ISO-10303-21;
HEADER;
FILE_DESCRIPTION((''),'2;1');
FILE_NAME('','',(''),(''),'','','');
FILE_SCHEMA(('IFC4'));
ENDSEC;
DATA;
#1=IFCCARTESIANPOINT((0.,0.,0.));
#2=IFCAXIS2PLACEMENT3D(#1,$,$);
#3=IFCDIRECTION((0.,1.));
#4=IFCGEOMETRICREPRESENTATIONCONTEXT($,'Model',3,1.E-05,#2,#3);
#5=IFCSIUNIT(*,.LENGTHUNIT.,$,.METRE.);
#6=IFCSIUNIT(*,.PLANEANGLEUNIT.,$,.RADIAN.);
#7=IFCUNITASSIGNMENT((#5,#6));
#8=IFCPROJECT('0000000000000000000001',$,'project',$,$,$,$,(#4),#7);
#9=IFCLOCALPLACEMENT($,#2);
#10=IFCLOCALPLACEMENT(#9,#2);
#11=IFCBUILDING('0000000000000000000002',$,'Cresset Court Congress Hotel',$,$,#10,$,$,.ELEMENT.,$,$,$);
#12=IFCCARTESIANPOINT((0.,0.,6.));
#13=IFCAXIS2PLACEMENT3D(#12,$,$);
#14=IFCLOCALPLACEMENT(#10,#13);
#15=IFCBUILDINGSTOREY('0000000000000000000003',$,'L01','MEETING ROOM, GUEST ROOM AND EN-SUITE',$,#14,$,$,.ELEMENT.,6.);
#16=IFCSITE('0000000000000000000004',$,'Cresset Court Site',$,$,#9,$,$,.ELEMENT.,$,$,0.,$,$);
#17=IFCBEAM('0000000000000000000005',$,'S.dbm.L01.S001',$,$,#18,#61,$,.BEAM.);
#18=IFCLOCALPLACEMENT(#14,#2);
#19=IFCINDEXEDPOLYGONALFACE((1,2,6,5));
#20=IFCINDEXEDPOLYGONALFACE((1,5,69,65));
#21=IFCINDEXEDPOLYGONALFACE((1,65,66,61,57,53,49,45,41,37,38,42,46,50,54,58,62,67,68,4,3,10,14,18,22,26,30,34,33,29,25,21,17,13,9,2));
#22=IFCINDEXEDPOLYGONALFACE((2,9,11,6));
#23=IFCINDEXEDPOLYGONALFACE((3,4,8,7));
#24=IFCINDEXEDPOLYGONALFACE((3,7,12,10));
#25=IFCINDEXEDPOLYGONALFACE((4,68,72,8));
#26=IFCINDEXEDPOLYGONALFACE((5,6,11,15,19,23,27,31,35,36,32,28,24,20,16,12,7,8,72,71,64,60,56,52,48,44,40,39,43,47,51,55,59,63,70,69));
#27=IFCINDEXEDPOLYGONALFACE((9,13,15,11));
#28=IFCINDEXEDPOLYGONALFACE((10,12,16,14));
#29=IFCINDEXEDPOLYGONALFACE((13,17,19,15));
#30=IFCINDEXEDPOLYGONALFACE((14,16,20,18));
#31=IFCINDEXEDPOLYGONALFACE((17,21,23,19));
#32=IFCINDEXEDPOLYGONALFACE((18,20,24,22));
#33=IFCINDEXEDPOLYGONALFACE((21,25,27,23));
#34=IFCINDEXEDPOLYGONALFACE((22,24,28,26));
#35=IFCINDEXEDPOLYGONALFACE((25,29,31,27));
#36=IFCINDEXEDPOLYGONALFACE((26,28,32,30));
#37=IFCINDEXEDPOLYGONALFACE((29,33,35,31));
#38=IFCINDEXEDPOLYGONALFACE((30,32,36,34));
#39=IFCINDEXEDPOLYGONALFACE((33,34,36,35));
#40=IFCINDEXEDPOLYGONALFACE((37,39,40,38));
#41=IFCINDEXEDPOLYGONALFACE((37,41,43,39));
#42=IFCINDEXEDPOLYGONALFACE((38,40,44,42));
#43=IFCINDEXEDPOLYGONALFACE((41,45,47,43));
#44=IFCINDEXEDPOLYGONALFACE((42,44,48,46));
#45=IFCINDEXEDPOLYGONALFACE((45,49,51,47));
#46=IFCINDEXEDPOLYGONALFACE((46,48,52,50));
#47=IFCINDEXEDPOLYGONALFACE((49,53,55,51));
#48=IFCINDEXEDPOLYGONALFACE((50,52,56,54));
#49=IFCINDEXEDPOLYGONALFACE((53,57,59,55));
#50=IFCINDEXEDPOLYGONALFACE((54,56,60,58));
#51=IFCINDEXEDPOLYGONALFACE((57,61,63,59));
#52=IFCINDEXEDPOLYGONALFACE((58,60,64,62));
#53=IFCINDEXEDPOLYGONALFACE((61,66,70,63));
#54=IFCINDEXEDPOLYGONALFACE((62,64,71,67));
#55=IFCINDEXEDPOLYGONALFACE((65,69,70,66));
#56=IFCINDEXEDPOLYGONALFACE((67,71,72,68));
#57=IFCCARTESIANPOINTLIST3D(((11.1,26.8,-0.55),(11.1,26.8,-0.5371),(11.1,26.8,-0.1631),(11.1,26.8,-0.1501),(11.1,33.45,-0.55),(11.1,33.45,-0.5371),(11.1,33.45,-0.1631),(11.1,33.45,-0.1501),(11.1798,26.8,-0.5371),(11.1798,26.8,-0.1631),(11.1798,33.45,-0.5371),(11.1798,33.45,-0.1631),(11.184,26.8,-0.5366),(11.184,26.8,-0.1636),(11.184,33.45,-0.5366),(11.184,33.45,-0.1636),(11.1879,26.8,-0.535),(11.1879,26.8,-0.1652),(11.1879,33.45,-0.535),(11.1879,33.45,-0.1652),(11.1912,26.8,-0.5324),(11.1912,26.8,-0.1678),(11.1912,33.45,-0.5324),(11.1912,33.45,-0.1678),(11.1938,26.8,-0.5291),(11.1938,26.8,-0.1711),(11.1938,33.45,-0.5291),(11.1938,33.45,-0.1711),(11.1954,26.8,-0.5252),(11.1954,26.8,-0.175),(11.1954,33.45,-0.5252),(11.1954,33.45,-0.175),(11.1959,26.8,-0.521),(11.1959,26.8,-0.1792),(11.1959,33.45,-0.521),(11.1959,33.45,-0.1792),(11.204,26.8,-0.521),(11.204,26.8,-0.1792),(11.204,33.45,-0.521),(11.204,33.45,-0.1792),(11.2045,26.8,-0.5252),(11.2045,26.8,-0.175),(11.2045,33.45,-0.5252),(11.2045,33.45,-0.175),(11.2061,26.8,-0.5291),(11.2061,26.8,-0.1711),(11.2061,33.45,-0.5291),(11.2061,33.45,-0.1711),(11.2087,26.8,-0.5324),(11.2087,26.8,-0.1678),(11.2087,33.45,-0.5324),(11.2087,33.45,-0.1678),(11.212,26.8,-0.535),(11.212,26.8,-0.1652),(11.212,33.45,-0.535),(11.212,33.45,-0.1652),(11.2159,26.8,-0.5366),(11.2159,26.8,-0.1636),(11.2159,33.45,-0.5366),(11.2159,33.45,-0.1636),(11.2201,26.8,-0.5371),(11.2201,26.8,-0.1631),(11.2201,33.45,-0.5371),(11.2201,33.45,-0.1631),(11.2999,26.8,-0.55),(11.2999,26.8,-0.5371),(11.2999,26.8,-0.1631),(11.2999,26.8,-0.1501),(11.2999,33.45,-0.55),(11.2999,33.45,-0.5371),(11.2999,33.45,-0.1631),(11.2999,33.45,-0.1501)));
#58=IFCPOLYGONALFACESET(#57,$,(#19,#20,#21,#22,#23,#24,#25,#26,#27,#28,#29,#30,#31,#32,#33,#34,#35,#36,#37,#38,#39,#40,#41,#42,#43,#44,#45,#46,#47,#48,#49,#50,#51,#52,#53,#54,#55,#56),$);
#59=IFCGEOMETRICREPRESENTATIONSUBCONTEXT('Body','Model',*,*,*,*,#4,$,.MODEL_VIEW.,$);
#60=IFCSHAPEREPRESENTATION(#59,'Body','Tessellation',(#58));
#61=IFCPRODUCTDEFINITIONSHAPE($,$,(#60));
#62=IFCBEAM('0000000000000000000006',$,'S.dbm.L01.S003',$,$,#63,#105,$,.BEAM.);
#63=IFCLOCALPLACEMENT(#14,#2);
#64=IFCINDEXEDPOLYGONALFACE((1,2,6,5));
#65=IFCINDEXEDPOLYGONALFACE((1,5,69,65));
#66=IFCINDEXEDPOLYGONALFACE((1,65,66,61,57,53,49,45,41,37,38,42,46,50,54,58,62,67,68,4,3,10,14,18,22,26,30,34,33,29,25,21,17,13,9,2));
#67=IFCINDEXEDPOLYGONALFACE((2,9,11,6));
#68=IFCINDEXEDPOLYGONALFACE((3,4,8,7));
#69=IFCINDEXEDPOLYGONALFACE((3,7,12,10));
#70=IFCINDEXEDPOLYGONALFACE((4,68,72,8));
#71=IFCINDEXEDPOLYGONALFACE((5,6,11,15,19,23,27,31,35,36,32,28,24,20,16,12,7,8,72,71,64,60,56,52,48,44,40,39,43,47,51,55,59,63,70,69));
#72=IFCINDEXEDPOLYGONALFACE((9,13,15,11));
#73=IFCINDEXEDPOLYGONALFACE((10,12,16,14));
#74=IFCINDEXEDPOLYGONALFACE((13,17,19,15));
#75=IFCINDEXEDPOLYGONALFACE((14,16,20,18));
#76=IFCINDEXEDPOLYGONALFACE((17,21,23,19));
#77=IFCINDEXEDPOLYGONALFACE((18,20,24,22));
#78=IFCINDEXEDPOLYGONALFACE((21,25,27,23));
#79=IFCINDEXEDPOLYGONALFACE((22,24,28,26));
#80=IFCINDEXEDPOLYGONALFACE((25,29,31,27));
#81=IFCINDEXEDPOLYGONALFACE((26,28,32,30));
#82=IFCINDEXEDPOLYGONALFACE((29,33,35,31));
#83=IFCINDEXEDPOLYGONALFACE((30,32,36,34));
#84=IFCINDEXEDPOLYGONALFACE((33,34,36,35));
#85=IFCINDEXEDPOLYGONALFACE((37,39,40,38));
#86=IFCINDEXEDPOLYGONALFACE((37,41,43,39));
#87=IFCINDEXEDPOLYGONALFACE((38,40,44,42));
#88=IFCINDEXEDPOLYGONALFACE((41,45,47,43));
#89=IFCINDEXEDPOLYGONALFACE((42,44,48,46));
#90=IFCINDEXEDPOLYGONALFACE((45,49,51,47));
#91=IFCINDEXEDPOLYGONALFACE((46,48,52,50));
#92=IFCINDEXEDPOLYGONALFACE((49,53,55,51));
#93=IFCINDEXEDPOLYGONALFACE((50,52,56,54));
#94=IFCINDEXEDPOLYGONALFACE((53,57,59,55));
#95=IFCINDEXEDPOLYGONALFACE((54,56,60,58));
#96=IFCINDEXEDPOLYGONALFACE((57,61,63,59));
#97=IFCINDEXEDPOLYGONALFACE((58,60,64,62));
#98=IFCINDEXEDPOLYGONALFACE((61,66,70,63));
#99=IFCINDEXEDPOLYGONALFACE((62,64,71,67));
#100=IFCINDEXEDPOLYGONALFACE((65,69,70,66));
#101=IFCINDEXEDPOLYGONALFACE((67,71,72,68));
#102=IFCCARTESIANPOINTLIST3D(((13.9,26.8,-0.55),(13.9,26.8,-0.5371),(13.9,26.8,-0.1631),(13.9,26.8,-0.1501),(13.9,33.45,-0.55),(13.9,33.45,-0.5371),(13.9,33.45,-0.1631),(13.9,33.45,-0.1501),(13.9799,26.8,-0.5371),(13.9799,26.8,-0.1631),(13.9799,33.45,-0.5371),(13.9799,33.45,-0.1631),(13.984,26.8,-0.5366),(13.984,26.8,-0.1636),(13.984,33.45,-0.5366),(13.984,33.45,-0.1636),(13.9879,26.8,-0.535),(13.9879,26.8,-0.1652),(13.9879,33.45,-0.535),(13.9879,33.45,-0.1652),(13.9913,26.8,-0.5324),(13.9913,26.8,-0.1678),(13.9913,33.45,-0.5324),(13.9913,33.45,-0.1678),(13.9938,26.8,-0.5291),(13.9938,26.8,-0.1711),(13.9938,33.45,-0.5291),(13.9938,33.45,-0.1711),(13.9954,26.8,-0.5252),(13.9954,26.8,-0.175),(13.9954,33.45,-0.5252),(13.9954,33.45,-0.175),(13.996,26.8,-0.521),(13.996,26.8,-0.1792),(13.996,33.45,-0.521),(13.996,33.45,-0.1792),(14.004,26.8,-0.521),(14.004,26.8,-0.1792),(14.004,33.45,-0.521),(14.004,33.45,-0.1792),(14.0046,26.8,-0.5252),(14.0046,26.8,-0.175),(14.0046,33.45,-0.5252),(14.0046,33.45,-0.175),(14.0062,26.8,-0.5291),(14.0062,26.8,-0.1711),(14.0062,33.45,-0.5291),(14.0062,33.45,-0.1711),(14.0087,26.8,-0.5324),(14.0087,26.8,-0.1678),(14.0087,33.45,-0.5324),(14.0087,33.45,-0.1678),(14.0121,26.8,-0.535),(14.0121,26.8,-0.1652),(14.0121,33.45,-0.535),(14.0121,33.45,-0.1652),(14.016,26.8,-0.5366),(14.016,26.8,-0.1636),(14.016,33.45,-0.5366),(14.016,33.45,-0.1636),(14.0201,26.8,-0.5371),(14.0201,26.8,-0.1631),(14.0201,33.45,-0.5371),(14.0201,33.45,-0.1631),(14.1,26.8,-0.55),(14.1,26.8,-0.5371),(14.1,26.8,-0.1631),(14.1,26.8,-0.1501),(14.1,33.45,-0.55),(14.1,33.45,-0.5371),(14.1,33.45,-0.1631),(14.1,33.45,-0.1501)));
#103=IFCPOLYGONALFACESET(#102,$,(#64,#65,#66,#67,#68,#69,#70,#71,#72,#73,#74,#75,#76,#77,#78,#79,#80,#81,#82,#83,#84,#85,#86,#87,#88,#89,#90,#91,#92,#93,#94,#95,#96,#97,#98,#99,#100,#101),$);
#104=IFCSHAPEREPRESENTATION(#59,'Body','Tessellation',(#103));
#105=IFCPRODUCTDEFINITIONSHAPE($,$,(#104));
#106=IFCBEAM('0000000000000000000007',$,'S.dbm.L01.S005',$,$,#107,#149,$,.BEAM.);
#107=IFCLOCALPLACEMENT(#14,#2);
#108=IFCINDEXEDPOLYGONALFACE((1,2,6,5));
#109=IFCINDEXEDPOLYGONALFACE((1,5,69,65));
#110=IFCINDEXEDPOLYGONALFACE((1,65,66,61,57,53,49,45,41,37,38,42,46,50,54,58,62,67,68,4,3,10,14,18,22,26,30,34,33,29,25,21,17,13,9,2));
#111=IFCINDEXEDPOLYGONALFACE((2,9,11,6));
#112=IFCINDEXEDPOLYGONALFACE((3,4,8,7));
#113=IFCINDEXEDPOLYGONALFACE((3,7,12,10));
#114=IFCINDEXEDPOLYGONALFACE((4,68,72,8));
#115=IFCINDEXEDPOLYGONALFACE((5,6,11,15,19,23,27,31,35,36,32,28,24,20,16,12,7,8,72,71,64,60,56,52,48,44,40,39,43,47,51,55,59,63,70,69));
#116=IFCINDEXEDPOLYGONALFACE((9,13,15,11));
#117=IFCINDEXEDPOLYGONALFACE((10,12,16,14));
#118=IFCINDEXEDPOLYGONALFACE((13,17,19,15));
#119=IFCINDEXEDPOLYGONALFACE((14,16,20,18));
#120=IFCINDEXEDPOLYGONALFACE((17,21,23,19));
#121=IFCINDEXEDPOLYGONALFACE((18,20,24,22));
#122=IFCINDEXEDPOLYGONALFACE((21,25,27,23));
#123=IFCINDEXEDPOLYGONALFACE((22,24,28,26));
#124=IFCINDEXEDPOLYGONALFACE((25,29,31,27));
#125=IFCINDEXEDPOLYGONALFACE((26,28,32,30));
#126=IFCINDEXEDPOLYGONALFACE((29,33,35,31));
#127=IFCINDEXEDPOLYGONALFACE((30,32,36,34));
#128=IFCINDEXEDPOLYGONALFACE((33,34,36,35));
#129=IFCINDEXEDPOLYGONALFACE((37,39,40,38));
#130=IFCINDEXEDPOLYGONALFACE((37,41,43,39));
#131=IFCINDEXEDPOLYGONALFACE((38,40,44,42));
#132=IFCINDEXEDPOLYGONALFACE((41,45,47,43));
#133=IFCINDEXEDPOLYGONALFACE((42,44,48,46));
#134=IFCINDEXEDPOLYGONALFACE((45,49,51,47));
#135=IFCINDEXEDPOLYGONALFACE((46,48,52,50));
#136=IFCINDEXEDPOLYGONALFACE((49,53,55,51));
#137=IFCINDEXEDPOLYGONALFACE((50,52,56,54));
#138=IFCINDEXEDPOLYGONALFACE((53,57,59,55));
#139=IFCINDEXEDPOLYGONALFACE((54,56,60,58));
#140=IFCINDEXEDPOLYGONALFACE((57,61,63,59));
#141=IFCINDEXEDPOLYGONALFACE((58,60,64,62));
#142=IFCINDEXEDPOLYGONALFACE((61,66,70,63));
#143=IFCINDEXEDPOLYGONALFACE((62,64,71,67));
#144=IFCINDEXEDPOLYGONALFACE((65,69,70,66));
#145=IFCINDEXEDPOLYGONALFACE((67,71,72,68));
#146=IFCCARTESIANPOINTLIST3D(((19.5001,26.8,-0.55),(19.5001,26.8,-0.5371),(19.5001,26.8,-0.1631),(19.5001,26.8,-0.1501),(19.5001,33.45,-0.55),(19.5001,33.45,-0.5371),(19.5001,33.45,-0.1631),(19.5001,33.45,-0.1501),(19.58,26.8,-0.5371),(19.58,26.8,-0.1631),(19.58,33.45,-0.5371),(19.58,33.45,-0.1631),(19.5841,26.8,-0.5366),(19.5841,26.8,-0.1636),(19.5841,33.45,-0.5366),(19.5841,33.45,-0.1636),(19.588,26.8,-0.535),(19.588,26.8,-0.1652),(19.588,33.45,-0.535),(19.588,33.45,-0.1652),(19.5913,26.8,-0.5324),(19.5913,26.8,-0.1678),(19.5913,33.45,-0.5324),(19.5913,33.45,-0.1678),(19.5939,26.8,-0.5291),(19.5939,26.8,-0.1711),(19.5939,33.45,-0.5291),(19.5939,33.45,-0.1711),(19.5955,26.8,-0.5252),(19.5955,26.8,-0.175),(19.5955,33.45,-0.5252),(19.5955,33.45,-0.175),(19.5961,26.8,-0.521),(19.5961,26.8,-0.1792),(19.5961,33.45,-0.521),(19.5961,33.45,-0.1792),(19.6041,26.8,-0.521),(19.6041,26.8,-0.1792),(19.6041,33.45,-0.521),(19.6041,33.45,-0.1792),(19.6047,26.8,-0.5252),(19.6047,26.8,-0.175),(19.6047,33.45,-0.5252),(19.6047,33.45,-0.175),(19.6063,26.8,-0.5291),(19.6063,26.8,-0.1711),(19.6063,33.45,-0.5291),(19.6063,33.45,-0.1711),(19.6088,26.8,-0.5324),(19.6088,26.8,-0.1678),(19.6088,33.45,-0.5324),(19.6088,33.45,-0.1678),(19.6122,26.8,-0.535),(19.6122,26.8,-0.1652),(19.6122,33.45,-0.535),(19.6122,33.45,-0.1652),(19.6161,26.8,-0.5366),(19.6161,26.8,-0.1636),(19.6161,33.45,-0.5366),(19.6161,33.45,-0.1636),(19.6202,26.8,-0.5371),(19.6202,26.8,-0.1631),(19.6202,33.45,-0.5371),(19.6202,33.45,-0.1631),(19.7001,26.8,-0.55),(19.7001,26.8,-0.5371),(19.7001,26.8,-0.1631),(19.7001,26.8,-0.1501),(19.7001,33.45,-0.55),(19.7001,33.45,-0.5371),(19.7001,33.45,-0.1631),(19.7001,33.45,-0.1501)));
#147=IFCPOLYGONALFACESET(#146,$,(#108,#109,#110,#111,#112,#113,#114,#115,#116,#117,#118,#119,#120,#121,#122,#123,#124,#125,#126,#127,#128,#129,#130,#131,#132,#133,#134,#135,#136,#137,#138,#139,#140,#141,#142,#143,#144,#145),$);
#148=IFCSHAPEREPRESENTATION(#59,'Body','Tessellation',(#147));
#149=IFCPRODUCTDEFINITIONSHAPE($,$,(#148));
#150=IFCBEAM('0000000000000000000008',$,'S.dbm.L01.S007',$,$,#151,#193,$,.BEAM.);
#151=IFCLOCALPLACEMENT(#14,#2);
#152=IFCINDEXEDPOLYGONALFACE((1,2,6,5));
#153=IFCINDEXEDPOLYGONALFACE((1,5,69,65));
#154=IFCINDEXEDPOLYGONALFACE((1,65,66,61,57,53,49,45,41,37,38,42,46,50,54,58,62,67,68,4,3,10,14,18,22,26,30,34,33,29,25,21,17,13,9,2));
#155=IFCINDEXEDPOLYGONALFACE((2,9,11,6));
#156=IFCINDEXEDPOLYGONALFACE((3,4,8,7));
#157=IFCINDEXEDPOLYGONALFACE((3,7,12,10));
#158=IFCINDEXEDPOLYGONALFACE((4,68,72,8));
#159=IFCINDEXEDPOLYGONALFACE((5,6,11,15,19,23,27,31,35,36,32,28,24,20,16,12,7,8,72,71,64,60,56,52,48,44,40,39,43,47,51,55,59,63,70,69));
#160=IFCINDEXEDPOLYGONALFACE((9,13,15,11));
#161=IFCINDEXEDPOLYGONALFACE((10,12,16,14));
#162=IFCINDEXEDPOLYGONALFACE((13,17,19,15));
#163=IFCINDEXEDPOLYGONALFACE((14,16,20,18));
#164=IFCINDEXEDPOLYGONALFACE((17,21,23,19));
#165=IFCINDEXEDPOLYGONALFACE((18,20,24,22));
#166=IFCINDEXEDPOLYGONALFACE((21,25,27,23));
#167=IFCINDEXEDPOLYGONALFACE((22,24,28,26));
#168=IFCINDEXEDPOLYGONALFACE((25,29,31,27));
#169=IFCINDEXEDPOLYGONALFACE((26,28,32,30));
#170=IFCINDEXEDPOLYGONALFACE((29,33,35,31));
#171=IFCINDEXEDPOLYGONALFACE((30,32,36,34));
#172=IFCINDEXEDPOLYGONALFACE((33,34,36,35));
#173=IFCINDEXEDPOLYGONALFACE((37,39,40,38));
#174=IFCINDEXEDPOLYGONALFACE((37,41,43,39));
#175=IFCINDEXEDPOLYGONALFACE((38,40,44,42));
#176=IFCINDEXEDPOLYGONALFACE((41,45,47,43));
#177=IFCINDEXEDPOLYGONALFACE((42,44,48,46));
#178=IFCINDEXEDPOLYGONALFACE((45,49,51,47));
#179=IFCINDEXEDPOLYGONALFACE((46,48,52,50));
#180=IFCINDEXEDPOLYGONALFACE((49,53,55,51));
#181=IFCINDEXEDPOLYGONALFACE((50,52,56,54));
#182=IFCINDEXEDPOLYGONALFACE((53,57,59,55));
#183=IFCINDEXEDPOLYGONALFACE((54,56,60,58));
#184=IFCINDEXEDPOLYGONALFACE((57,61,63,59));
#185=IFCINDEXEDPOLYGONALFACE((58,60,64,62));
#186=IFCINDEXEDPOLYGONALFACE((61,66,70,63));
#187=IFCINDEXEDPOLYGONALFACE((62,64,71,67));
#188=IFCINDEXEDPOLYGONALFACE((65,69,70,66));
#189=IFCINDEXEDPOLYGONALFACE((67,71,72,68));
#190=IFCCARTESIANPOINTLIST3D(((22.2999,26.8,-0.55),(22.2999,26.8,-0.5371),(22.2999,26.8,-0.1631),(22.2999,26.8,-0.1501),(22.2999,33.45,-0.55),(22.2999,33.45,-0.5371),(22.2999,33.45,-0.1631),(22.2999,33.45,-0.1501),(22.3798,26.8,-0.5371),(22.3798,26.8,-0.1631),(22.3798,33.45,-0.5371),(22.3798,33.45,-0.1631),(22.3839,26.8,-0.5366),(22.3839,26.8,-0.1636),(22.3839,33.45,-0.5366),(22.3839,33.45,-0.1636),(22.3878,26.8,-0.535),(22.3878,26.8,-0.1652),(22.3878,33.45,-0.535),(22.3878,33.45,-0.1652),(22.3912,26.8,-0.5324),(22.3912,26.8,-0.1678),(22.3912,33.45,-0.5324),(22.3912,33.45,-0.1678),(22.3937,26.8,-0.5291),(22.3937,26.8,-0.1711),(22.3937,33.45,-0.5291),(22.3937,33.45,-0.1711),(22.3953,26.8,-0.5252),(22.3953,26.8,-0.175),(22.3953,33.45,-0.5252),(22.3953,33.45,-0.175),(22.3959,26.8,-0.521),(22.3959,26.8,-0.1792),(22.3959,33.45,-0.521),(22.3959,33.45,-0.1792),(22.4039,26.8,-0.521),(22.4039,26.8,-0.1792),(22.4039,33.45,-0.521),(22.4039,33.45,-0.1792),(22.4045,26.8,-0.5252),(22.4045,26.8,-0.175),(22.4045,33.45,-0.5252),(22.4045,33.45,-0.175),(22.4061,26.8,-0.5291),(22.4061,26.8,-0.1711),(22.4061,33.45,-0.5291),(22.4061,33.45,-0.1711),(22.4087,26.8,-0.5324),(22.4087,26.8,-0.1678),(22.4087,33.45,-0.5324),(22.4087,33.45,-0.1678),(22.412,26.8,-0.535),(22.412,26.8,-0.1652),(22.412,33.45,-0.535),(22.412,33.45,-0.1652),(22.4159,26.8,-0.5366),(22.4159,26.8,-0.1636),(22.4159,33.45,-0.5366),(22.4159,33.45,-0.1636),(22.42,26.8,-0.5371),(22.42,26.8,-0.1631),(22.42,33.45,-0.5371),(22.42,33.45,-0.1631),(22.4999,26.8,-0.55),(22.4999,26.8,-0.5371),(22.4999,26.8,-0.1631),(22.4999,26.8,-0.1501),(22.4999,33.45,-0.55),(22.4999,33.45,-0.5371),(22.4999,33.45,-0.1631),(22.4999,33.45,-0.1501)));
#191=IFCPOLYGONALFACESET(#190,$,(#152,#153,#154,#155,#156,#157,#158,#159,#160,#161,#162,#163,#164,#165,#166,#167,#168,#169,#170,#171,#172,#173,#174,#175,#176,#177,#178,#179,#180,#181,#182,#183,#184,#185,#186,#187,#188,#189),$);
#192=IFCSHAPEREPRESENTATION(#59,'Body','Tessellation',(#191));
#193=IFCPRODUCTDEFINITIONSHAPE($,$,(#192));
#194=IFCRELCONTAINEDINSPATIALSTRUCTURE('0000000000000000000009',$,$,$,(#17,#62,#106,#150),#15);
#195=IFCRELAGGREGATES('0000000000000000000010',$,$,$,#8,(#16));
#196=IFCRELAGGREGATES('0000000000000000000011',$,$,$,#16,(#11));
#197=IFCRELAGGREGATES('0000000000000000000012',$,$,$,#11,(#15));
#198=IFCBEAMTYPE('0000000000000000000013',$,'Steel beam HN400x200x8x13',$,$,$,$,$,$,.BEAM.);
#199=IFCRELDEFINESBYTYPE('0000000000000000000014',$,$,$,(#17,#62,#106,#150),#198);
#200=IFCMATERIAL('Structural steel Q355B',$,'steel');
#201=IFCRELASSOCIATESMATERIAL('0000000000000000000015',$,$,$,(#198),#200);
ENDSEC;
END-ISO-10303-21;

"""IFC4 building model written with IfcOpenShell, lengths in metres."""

from ifc_helpers import new_model, si_unit, direction, frame, origin, origin_2d, place, context, subcontext, project, spatial, i_section, extrude, material, material_profile, profile_set, type_object, element, save


model = new_model("IFC4")

# Units and contexts
model_context = context("Model", 3, precision=1e-05, world=origin(), true_north=direction((0.0, 1.0)))
body_context = subcontext(model_context, "Body", "Model", "MODEL_VIEW")
ifc_project = project(units=[si_unit("LENGTHUNIT", "METRE"), si_unit("PLANEANGLEUNIT", "RADIAN")], contexts=[model_context])

# Site, building, storey
site_placement = place(None, origin())
site = spatial("IfcSite", under=ifc_project, at=site_placement, Name="Cresset Court Site", CompositionType="ELEMENT", RefElevation=0.0)
building_placement = place(site_placement, origin())
building = spatial("IfcBuilding", under=site, at=building_placement, Name="Cresset Court Congress Hotel", CompositionType="ELEMENT")
storey_placement = place(building_placement, frame((0.0, 0.0, 6.0)))
storey = spatial("IfcBuildingStorey", under=building, at=storey_placement, Name="L01", Description="MEETING ROOM, GUEST ROOM AND EN-SUITE", CompositionType="ELEMENT", Elevation=6.0)

# Beams
ifc_material_1 = material(Name="Structural steel Q355B", Category="steel")
ifc_material_profile_1 = material_profile(ifc_material_1, i_section(OverallWidth=0.2, OverallDepth=0.3999, WebThickness=0.0081, FlangeThickness=0.0129, FilletRadius=0.0161, at=origin_2d()), Name="HN400x200x8x13")
ifc_profile_set_1 = profile_set([ifc_material_profile_1], Name="Structural steel Q355B")
beam_type_1 = type_object("IfcBeamType", Name="Steel beam HN400x200x8x13", PredefinedType="BEAM", material=ifc_profile_set_1)
for number, where, z_axis, x_axis, name in (
    (1, (11.2, 26.8, -0.3501), (0.0, 1.0, 0.0), (-1.0, 0.0, 0.0), "S.dbm.L01.S001"),
    (2, (14.0, 26.8, -0.3501), (0.0, 1.0, 0.0), (-1.0, 0.0, 0.0), "S.dbm.L01.S003"),
    (3, (19.6001, 26.8, -0.3501), (0.0, 1.0, 0.0), (-1.0, 0.0, 0.0), "S.dbm.L01.S005"),
    (4, (22.3999, 26.8, -0.3501), (0.0, 1.0, 0.0), (-1.0, 0.0, 0.0), "S.dbm.L01.S007"),
):
    element("IfcBeam", number, at=place(storey_placement, frame(where, z_axis=z_axis, x_axis=x_axis)), inside=storey, type_object=beam_type_1, Name=name, PredefinedType="BEAM", context=body_context, shape_type="SweptSolid", body=[
        extrude(i_section(OverallWidth=0.2, OverallDepth=0.3999, WebThickness=0.0081, FlangeThickness=0.0129, FilletRadius=0.0161, at=origin_2d()), origin(), (0.0, 0.0, 1.0), 6.6499),
    ])

save(model, "model.ifc")
